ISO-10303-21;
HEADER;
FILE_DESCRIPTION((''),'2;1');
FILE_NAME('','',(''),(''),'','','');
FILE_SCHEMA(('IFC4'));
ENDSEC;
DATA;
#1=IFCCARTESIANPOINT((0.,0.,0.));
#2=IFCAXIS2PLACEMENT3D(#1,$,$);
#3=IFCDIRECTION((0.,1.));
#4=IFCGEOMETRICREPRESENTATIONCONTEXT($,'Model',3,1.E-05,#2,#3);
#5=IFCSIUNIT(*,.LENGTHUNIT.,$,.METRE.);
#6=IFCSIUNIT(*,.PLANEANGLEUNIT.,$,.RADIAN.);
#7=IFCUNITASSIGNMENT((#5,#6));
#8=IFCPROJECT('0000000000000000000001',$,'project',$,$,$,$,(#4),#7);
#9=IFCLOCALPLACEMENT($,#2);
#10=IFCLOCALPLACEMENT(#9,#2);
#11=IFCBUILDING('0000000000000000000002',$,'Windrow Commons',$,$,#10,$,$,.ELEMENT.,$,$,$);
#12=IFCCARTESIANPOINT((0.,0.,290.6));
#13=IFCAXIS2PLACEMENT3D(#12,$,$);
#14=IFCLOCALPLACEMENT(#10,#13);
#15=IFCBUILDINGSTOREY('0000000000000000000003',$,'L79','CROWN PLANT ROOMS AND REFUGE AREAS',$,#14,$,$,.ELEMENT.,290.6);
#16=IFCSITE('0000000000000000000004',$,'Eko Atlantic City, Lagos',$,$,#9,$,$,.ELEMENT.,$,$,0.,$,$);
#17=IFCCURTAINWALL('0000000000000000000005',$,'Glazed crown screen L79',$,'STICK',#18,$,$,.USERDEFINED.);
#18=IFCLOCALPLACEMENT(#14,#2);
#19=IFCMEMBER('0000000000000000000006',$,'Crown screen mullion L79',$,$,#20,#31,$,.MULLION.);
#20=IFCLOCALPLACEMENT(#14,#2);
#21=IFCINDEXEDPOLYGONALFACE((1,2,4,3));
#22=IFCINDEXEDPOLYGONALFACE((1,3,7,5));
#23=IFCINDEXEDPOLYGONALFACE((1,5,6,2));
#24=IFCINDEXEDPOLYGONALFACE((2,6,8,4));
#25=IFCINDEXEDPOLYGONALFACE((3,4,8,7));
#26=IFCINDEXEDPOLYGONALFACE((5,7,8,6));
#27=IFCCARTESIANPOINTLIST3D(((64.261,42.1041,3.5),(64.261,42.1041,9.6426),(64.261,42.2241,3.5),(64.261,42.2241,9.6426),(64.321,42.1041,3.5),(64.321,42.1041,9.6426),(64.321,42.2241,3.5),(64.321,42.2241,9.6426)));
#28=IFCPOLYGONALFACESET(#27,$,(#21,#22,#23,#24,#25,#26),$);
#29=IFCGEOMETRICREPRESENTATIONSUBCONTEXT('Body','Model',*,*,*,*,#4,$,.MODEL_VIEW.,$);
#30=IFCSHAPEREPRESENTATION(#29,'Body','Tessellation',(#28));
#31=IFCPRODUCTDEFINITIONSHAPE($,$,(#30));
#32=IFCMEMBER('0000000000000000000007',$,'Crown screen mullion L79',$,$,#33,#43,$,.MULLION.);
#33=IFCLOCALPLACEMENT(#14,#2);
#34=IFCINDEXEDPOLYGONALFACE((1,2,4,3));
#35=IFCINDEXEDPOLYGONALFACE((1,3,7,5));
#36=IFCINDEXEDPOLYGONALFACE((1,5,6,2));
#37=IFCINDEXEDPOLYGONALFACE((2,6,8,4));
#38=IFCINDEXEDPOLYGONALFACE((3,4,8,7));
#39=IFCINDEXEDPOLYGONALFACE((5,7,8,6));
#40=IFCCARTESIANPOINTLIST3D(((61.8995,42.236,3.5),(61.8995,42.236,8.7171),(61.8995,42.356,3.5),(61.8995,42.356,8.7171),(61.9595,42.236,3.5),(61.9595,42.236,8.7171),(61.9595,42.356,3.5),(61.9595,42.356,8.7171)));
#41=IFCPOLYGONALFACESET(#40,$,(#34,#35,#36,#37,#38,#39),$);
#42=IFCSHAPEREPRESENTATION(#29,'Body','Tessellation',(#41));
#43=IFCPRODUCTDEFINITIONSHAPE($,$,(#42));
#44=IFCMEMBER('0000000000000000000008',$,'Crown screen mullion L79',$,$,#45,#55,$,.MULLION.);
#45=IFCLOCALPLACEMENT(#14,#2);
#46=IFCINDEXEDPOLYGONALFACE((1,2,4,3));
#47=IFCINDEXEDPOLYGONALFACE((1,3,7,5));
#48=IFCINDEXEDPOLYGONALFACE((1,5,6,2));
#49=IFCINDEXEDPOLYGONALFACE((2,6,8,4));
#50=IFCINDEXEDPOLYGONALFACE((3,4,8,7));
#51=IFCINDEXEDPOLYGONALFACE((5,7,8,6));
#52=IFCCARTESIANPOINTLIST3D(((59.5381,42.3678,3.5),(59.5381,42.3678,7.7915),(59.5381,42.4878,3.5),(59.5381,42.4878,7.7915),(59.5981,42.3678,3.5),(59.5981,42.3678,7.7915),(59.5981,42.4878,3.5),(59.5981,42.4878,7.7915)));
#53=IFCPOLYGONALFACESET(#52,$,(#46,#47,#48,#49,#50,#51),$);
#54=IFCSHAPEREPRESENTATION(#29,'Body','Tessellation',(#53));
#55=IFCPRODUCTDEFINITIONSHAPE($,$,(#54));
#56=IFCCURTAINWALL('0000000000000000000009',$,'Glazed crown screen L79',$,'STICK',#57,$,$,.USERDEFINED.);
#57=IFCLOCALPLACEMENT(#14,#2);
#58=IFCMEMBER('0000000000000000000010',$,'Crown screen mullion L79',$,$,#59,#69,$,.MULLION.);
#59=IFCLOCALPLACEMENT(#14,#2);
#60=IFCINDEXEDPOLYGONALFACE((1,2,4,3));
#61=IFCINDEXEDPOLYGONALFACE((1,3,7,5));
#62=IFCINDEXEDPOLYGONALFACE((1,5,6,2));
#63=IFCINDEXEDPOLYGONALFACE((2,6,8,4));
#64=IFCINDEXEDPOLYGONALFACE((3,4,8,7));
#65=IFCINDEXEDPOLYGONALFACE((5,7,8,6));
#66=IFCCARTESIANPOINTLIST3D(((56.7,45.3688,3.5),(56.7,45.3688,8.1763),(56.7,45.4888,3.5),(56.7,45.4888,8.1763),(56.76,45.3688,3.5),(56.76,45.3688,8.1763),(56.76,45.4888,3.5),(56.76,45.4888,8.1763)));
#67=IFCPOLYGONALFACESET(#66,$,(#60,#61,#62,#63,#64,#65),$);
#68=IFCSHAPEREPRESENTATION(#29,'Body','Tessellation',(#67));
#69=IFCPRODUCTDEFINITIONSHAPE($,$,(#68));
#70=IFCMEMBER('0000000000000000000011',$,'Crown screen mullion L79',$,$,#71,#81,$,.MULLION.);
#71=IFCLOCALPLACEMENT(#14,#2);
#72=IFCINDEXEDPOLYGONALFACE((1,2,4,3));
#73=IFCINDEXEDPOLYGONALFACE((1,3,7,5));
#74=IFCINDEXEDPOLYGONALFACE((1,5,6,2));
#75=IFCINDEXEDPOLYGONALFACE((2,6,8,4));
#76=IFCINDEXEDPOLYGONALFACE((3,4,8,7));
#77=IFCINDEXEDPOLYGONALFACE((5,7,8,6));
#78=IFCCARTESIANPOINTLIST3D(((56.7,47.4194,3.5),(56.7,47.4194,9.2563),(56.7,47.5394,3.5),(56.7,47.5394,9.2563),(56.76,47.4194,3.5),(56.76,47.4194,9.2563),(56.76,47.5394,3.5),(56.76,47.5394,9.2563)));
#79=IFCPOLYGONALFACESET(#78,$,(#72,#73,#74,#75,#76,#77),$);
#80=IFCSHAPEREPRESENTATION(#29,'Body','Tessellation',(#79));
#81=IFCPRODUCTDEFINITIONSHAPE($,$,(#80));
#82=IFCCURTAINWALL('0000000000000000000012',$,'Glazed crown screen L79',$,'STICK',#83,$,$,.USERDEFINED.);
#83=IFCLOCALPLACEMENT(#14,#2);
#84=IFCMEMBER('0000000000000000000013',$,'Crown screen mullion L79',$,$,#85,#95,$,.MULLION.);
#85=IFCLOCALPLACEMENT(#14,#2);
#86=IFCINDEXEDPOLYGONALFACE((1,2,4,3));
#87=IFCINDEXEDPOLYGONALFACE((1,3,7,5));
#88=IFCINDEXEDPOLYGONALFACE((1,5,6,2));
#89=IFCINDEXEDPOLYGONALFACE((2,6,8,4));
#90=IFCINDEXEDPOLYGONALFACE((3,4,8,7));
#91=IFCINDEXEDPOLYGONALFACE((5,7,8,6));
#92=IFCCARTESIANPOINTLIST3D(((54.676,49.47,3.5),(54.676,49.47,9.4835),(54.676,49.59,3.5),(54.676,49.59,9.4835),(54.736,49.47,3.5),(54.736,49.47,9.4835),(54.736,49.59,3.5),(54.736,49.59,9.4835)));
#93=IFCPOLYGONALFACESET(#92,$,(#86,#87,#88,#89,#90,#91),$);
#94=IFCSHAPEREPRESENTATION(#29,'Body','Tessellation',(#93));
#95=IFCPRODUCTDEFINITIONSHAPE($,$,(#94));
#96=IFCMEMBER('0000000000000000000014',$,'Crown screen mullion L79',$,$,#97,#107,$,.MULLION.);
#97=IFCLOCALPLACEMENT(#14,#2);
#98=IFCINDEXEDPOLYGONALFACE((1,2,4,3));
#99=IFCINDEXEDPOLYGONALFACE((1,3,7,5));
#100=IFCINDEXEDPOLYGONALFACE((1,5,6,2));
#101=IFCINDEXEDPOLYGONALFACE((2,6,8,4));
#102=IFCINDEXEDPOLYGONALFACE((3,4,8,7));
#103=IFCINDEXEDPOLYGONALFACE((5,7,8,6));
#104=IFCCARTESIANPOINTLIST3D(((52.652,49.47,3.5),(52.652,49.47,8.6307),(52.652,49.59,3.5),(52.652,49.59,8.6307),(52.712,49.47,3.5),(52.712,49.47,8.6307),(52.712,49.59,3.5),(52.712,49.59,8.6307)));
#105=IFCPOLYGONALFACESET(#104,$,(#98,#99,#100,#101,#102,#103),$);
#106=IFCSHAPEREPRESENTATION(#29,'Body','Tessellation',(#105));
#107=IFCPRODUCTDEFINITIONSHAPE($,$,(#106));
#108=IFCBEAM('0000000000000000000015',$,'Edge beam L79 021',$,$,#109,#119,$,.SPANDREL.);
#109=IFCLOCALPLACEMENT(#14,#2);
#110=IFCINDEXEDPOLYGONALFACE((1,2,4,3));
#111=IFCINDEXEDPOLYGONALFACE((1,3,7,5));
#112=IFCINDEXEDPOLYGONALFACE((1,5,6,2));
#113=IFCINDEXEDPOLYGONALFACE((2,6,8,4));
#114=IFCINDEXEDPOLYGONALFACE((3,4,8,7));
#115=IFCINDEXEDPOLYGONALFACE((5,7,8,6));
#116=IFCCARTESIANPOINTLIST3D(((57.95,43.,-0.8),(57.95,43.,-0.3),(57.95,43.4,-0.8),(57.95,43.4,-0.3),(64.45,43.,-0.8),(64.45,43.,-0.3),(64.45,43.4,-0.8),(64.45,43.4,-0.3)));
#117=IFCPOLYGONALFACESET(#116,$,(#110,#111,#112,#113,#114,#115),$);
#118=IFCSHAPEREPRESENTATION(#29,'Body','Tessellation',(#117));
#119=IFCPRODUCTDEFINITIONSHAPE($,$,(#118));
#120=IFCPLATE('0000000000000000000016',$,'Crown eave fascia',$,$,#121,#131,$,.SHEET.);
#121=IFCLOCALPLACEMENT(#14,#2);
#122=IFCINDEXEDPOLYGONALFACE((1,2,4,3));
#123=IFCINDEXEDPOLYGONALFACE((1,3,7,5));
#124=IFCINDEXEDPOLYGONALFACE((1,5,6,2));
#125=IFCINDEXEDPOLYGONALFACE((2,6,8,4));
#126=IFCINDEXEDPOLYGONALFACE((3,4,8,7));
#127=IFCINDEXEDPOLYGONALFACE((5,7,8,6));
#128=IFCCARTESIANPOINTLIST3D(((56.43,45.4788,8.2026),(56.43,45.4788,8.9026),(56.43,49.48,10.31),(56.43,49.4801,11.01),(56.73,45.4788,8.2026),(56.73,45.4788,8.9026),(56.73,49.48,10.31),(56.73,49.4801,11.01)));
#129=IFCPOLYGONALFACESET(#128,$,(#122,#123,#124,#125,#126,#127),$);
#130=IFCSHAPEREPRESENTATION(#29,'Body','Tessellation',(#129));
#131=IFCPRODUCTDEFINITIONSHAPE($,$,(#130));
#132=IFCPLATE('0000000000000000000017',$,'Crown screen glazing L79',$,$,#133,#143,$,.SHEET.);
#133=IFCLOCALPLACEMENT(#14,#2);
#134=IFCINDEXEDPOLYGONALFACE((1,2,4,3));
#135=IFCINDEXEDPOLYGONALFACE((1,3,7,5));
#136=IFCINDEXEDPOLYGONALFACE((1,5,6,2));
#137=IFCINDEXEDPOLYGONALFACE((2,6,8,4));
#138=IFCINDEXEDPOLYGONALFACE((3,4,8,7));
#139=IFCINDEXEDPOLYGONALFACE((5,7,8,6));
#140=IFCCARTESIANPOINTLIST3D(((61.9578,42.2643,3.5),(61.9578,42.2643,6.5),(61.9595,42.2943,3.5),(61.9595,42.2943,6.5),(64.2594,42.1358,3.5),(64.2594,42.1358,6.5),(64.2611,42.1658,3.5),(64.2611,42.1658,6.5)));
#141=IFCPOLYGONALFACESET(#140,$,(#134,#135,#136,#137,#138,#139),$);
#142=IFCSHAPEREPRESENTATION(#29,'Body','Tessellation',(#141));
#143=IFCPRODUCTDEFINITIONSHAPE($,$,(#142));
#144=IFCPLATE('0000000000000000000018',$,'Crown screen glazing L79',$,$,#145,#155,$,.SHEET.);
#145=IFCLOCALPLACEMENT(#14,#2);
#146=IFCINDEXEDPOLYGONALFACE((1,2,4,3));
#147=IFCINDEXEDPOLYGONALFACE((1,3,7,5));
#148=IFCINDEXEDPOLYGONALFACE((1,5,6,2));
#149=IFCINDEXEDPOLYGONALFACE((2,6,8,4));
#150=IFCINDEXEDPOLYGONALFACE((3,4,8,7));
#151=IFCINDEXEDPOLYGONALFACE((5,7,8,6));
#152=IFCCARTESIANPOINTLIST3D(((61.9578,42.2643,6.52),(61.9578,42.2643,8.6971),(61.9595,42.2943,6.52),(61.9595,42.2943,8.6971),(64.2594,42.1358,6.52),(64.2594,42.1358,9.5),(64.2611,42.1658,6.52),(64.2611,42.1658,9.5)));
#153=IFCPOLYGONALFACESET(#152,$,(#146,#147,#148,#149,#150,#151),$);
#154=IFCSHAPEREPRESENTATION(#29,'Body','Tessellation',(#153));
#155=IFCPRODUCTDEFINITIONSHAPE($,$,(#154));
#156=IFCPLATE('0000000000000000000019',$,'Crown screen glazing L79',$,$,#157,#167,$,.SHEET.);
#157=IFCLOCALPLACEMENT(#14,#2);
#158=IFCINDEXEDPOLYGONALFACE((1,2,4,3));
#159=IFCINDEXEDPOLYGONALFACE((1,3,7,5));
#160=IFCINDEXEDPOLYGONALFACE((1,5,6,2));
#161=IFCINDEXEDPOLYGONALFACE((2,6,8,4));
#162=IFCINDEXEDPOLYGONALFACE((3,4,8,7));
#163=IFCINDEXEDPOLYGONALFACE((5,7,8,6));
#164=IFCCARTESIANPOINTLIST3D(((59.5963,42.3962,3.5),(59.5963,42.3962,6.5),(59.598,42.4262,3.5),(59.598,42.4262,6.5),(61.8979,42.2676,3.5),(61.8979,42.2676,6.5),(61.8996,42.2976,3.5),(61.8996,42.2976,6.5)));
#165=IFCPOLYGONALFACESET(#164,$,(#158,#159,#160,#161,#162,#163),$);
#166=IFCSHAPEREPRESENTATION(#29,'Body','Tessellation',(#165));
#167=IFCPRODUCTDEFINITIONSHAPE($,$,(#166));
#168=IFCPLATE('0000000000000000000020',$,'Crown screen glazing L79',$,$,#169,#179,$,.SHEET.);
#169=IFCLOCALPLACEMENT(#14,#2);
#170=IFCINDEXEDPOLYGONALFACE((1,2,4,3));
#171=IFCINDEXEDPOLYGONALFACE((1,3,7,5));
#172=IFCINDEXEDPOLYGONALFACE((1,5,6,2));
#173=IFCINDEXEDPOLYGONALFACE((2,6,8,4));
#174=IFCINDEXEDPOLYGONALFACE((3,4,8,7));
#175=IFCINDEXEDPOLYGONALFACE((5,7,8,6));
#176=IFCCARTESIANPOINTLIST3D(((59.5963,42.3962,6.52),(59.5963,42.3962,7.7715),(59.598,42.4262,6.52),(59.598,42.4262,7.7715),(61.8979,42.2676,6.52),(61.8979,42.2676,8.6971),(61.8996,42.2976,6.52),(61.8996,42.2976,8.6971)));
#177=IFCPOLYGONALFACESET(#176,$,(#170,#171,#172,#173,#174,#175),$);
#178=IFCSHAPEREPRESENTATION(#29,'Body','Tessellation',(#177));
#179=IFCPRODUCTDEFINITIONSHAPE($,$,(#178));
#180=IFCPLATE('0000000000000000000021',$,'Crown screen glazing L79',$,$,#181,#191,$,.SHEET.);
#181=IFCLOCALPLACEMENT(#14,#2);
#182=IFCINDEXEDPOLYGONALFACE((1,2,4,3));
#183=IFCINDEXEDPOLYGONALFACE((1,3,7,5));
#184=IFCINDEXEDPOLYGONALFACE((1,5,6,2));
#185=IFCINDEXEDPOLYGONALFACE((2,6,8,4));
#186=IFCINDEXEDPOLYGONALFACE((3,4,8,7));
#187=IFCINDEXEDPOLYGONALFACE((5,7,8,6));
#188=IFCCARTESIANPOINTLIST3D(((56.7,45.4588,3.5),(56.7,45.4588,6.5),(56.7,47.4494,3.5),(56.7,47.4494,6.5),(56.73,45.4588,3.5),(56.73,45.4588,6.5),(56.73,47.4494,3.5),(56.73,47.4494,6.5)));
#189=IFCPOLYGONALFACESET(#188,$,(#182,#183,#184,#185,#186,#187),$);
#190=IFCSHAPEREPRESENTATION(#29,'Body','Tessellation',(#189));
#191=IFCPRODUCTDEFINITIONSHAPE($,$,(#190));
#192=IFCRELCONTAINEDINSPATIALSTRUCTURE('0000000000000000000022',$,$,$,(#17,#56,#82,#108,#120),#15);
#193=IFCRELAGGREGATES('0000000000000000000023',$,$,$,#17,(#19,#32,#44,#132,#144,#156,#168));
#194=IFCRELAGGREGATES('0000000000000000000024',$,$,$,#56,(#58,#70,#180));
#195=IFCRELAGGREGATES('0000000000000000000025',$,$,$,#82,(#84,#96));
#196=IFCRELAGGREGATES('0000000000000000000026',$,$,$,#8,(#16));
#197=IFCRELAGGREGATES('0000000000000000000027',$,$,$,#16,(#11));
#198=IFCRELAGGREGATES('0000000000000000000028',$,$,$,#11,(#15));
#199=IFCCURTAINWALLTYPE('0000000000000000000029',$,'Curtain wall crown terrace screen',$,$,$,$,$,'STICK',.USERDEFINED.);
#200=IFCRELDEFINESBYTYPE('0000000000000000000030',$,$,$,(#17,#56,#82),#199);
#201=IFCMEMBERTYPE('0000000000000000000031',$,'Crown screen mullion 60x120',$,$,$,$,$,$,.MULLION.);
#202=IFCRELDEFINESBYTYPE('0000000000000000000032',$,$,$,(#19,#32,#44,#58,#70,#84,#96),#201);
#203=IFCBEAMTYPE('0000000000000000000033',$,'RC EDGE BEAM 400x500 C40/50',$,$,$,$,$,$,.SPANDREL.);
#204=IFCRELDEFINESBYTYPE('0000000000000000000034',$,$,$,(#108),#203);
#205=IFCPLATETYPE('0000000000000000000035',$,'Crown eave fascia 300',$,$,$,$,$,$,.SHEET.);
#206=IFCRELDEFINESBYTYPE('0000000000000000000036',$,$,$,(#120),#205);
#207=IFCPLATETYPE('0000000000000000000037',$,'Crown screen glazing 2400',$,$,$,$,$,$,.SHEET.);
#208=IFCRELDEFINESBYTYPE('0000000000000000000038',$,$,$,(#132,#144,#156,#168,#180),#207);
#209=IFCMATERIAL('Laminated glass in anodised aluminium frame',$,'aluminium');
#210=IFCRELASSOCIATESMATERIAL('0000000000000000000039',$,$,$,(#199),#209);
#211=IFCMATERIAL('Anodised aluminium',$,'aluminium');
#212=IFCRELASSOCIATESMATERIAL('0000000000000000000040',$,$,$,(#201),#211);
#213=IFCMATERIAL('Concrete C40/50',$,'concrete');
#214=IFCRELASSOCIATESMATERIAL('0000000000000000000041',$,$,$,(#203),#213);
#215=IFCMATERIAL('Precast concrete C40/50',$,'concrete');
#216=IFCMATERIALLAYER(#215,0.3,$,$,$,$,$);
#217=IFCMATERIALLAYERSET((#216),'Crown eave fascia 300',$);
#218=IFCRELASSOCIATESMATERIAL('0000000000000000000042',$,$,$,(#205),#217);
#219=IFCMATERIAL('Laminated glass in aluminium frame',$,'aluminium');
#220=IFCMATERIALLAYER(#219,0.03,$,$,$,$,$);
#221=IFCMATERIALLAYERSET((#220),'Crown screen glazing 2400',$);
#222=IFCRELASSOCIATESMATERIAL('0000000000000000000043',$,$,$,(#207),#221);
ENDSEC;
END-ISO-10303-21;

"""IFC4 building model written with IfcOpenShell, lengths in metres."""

from ifc_helpers import new_model, si_unit, direction, frame, origin, origin_2d, place, context, subcontext, project, spatial, polyline, rectangle, outline, extrude, material, layer, layer_set, material_profile, profile_set, type_object, element, aggregate, save


model = new_model("IFC4")

# Units and contexts
model_context = context("Model", 3, precision=1e-05, world=origin(), true_north=direction((0.0, 1.0)))
body_context = subcontext(model_context, "Body", "Model", "MODEL_VIEW")
ifc_project = project(units=[si_unit("LENGTHUNIT", "METRE"), si_unit("PLANEANGLEUNIT", "RADIAN")], contexts=[model_context])

# Site, building, storey
site_placement = place(None, origin())
site = spatial("IfcSite", under=ifc_project, at=site_placement, Name="Eko Atlantic City, Lagos", CompositionType="ELEMENT", RefElevation=0.0)
building_placement = place(site_placement, origin())
building = spatial("IfcBuilding", under=site, at=building_placement, Name="Windrow Commons", CompositionType="ELEMENT")
storey_placement = place(building_placement, frame((0.0, 0.0, 290.6)))
storey = spatial("IfcBuildingStorey", under=building, at=storey_placement, Name="L79", Description="CROWN PLANT ROOMS AND REFUGE AREAS", CompositionType="ELEMENT", Elevation=290.6)

# Curtain walls, members
ifc_material_1 = material(Name="Laminated glass in anodised aluminium frame", Category="aluminium")
curtain_wall_type = type_object("IfcCurtainWallType", Name="Curtain wall crown terrace screen", ElementType="STICK", PredefinedType="USERDEFINED", material=ifc_material_1)
placement = place(storey_placement, origin())
curtain_wall_1 = element("IfcCurtainWall", 1, at=placement, inside=storey, type_object=curtain_wall_type, Name="Glazed crown screen L79", ObjectType="STICK", PredefinedType="USERDEFINED")
ifc_material_2 = material(Name="Anodised aluminium", Category="aluminium")
ifc_material_profile_1 = material_profile(ifc_material_2, rectangle(XDim=0.06, YDim=0.12, at=origin_2d()))
ifc_profile_set_1 = profile_set([ifc_material_profile_1], Name="Anodised aluminium")
member_type = type_object("IfcMemberType", Name="Crown screen mullion 60x120", PredefinedType="MULLION", material=ifc_profile_set_1)
member_1_placement = place(storey_placement, frame((64.291, 42.1641, 3.5), z_axis=(0.0, 0.0, 1.0), x_axis=(1.0, 0.0, 0.0)))
member_1 = element("IfcMember", 2, at=member_1_placement, type_object=member_type, Name="Crown screen mullion L79", PredefinedType="MULLION", context=body_context, shape_type="SweptSolid", body=[
    extrude(rectangle(XDim=0.06, YDim=0.12, at=origin_2d()), origin(), (0.0, 0.0, 1.0), 6.1426),
])
member_2_placement = place(storey_placement, frame((61.9295, 42.296, 3.5), z_axis=(0.0, 0.0, 1.0), x_axis=(1.0, 0.0, 0.0)))
member_2 = element("IfcMember", 3, at=member_2_placement, type_object=member_type, Name="Crown screen mullion L79", PredefinedType="MULLION", context=body_context, shape_type="SweptSolid", body=[
    extrude(rectangle(XDim=0.06, YDim=0.12, at=origin_2d()), origin(), (0.0, 0.0, 1.0), 5.2171),
])
member_3_placement = place(storey_placement, frame((59.5681, 42.4278, 3.5), z_axis=(0.0, 0.0, 1.0), x_axis=(1.0, 0.0, 0.0)))
member_3 = element("IfcMember", 4, at=member_3_placement, type_object=member_type, Name="Crown screen mullion L79", PredefinedType="MULLION", context=body_context, shape_type="SweptSolid", body=[
    extrude(rectangle(XDim=0.06, YDim=0.12, at=origin_2d()), origin(), (0.0, 0.0, 1.0), 4.2915),
])
curtain_wall_2 = element("IfcCurtainWall", 5, at=placement, inside=storey, type_object=curtain_wall_type, Name="Glazed crown screen L79", ObjectType="STICK", PredefinedType="USERDEFINED")
member_4_placement = place(storey_placement, frame((56.73, 45.4288, 3.5), z_axis=(0.0, 0.0, 1.0), x_axis=(1.0, 0.0, 0.0)))
member_4 = element("IfcMember", 6, at=member_4_placement, type_object=member_type, Name="Crown screen mullion L79", PredefinedType="MULLION", context=body_context, shape_type="SweptSolid", body=[
    extrude(rectangle(XDim=0.06, YDim=0.12, at=origin_2d()), origin(), (0.0, 0.0, 1.0), 4.6763),
])
member_5_placement = place(storey_placement, frame((56.73, 47.4794, 3.5), z_axis=(0.0, 0.0, 1.0), x_axis=(1.0, 0.0, 0.0)))
member_5 = element("IfcMember", 7, at=member_5_placement, type_object=member_type, Name="Crown screen mullion L79", PredefinedType="MULLION", context=body_context, shape_type="SweptSolid", body=[
    extrude(rectangle(XDim=0.06, YDim=0.12, at=origin_2d()), origin(), (0.0, 0.0, 1.0), 5.7563),
])
curtain_wall_3 = element("IfcCurtainWall", 8, at=placement, inside=storey, type_object=curtain_wall_type, Name="Glazed crown screen L79", ObjectType="STICK", PredefinedType="USERDEFINED")
member_6_placement = place(storey_placement, frame((54.706, 49.53, 3.5), z_axis=(0.0, 0.0, 1.0), x_axis=(1.0, 0.0, 0.0)))
member_6 = element("IfcMember", 9, at=member_6_placement, type_object=member_type, Name="Crown screen mullion L79", PredefinedType="MULLION", context=body_context, shape_type="SweptSolid", body=[
    extrude(rectangle(XDim=0.06, YDim=0.12, at=origin_2d()), origin(), (0.0, 0.0, 1.0), 5.9835),
])
member_7_placement = place(storey_placement, frame((52.682, 49.53, 3.5), z_axis=(0.0, 0.0, 1.0), x_axis=(1.0, 0.0, 0.0)))
member_7 = element("IfcMember", 10, at=member_7_placement, type_object=member_type, Name="Crown screen mullion L79", PredefinedType="MULLION", context=body_context, shape_type="SweptSolid", body=[
    extrude(rectangle(XDim=0.06, YDim=0.12, at=origin_2d()), origin(), (0.0, 0.0, 1.0), 5.1307),
])

# Beam
ifc_material_3 = material(Name="Concrete C40/50", Category="concrete")
ifc_material_profile_2 = material_profile(ifc_material_3, rectangle(XDim=0.4, YDim=0.5, at=origin_2d()))
ifc_profile_set_2 = profile_set([ifc_material_profile_2], Name="Concrete C40/50")
beam_type = type_object("IfcBeamType", Name="RC EDGE BEAM 400x500 C40/50", PredefinedType="SPANDREL", material=ifc_profile_set_2)
beam_placement = place(storey_placement, frame((64.45, 43.2, -0.55), z_axis=(-1.0, 0.0, 0.0), x_axis=(0.0, -1.0, 0.0)))
element("IfcBeam", 11, at=beam_placement, inside=storey, type_object=beam_type, Name="Edge beam L79 021", PredefinedType="SPANDREL", context=body_context, shape_type="SweptSolid", body=[
    extrude(rectangle(XDim=0.4, YDim=0.5, at=origin_2d()), origin(), (0.0, 0.0, 1.0), 6.5),
])

# Plates
ifc_material_4 = material(Name="Precast concrete C40/50", Category="concrete")
ifc_layer_1 = layer(ifc_material_4, 0.3)
ifc_layer_set_1 = layer_set([ifc_layer_1], Name="Crown eave fascia 300")
plate_type_1 = type_object("IfcPlateType", Name="Crown eave fascia 300", PredefinedType="SHEET", material=ifc_layer_set_1)
plate_1_placement = place(storey_placement, frame((56.73, 45.4788, 8.2026), z_axis=(1.0, 0.0, 0.0), x_axis=(0.0, 0.884781, 0.466007)))
element("IfcPlate", 12, at=plate_1_placement, inside=storey, type_object=plate_type_1, Name="Crown eave fascia", PredefinedType="SHEET", context=body_context, shape_type="SweptSolid", body=[
    extrude(outline(polyline([(0.0, 0.0), (4.5222, 0.0), (4.8485, 0.6193), (0.3262, 0.6193), (0.0, 0.0)])), origin(), (0.0, 0.0, -1.0), 0.3),
])
ifc_material_5 = material(Name="Laminated glass in aluminium frame", Category="aluminium")
ifc_layer_2 = layer(ifc_material_5, 0.03)
ifc_layer_set_2 = layer_set([ifc_layer_2], Name="Crown screen glazing 2400")
plate_type_2 = type_object("IfcPlateType", Name="Crown screen glazing 2400", PredefinedType="SHEET", material=ifc_layer_set_2)
plate_2_placement = place(storey_placement, frame((64.2611, 42.1658, 3.5), z_axis=(0.055744, 0.998445, 0.0), x_axis=(-0.998445, 0.055744, 0.0)))
plate_2 = element("IfcPlate", 13, at=plate_2_placement, type_object=plate_type_2, Name="Crown screen glazing L79", PredefinedType="SHEET", context=body_context, shape_type="SweptSolid", body=[
    extrude(outline(polyline([(0.0, 0.0), (2.3052, 0.0), (2.3052, 3.0), (0.0, 3.0), (0.0, 0.0)])), origin(), (0.0, 0.0, -1.0), 0.03),
])
plate_3_placement = place(storey_placement, frame((64.2611, 42.1658, 6.52), z_axis=(0.055744, 0.998445, 0.0), x_axis=(-0.998445, 0.055744, 0.0)))
plate_3 = element("IfcPlate", 14, at=plate_3_placement, type_object=plate_type_2, Name="Crown screen glazing L79", PredefinedType="SHEET", context=body_context, shape_type="SweptSolid", body=[
    extrude(outline(polyline([(0.0, 0.0), (2.3052, 0.0), (2.3052, 2.1771), (0.0, 2.98), (0.0, 0.0)])), origin(), (0.0, 0.0, -1.0), 0.03),
])
plate_4_placement = place(storey_placement, frame((61.8996, 42.2976, 3.5), z_axis=(0.055787, 0.998443, 0.0), x_axis=(-0.998443, 0.055787, 0.0)))
plate_4 = element("IfcPlate", 15, at=plate_4_placement, type_object=plate_type_2, Name="Crown screen glazing L79", PredefinedType="SHEET", context=body_context, shape_type="SweptSolid", body=[
    extrude(outline(polyline([(0.0, 0.0), (2.3052, 0.0), (2.3052, 3.0), (0.0, 3.0), (0.0, 0.0)])), origin(), (0.0, 0.0, -1.0), 0.03),
])
plate_5_placement = place(storey_placement, frame((61.8996, 42.2976, 6.52), z_axis=(0.055787, 0.998443, 0.0), x_axis=(-0.998443, 0.055787, 0.0)))
plate_5 = element("IfcPlate", 16, at=plate_5_placement, type_object=plate_type_2, Name="Crown screen glazing L79", PredefinedType="SHEET", context=body_context, shape_type="SweptSolid", body=[
    extrude(outline(polyline([(0.0, 0.0), (2.3052, 0.0), (2.3052, 1.2515), (0.0, 2.1771), (0.0, 0.0)])), origin(), (0.0, 0.0, -1.0), 0.03),
])
aggregate(curtain_wall_1, [member_1, member_2, member_3, plate_2, plate_3, plate_4, plate_5])
plate_6_placement = place(storey_placement, frame((56.73, 45.4588, 3.5), z_axis=(1.0, 0.0, 0.0), x_axis=(0.0, 1.0, 0.0)))
plate_6 = element("IfcPlate", 17, at=plate_6_placement, type_object=plate_type_2, Name="Crown screen glazing L79", PredefinedType="SHEET", context=body_context, shape_type="SweptSolid", body=[
    extrude(outline(polyline([(0.0, 0.0), (1.9906, 0.0), (1.9906, 3.0), (0.0, 3.0), (0.0, 0.0)])), origin(), (0.0, 0.0, -1.0), 0.03),
])
aggregate(curtain_wall_2, [member_4, member_5, plate_6])
aggregate(curtain_wall_3, [member_6, member_7])

save(model, "model.ifc")
